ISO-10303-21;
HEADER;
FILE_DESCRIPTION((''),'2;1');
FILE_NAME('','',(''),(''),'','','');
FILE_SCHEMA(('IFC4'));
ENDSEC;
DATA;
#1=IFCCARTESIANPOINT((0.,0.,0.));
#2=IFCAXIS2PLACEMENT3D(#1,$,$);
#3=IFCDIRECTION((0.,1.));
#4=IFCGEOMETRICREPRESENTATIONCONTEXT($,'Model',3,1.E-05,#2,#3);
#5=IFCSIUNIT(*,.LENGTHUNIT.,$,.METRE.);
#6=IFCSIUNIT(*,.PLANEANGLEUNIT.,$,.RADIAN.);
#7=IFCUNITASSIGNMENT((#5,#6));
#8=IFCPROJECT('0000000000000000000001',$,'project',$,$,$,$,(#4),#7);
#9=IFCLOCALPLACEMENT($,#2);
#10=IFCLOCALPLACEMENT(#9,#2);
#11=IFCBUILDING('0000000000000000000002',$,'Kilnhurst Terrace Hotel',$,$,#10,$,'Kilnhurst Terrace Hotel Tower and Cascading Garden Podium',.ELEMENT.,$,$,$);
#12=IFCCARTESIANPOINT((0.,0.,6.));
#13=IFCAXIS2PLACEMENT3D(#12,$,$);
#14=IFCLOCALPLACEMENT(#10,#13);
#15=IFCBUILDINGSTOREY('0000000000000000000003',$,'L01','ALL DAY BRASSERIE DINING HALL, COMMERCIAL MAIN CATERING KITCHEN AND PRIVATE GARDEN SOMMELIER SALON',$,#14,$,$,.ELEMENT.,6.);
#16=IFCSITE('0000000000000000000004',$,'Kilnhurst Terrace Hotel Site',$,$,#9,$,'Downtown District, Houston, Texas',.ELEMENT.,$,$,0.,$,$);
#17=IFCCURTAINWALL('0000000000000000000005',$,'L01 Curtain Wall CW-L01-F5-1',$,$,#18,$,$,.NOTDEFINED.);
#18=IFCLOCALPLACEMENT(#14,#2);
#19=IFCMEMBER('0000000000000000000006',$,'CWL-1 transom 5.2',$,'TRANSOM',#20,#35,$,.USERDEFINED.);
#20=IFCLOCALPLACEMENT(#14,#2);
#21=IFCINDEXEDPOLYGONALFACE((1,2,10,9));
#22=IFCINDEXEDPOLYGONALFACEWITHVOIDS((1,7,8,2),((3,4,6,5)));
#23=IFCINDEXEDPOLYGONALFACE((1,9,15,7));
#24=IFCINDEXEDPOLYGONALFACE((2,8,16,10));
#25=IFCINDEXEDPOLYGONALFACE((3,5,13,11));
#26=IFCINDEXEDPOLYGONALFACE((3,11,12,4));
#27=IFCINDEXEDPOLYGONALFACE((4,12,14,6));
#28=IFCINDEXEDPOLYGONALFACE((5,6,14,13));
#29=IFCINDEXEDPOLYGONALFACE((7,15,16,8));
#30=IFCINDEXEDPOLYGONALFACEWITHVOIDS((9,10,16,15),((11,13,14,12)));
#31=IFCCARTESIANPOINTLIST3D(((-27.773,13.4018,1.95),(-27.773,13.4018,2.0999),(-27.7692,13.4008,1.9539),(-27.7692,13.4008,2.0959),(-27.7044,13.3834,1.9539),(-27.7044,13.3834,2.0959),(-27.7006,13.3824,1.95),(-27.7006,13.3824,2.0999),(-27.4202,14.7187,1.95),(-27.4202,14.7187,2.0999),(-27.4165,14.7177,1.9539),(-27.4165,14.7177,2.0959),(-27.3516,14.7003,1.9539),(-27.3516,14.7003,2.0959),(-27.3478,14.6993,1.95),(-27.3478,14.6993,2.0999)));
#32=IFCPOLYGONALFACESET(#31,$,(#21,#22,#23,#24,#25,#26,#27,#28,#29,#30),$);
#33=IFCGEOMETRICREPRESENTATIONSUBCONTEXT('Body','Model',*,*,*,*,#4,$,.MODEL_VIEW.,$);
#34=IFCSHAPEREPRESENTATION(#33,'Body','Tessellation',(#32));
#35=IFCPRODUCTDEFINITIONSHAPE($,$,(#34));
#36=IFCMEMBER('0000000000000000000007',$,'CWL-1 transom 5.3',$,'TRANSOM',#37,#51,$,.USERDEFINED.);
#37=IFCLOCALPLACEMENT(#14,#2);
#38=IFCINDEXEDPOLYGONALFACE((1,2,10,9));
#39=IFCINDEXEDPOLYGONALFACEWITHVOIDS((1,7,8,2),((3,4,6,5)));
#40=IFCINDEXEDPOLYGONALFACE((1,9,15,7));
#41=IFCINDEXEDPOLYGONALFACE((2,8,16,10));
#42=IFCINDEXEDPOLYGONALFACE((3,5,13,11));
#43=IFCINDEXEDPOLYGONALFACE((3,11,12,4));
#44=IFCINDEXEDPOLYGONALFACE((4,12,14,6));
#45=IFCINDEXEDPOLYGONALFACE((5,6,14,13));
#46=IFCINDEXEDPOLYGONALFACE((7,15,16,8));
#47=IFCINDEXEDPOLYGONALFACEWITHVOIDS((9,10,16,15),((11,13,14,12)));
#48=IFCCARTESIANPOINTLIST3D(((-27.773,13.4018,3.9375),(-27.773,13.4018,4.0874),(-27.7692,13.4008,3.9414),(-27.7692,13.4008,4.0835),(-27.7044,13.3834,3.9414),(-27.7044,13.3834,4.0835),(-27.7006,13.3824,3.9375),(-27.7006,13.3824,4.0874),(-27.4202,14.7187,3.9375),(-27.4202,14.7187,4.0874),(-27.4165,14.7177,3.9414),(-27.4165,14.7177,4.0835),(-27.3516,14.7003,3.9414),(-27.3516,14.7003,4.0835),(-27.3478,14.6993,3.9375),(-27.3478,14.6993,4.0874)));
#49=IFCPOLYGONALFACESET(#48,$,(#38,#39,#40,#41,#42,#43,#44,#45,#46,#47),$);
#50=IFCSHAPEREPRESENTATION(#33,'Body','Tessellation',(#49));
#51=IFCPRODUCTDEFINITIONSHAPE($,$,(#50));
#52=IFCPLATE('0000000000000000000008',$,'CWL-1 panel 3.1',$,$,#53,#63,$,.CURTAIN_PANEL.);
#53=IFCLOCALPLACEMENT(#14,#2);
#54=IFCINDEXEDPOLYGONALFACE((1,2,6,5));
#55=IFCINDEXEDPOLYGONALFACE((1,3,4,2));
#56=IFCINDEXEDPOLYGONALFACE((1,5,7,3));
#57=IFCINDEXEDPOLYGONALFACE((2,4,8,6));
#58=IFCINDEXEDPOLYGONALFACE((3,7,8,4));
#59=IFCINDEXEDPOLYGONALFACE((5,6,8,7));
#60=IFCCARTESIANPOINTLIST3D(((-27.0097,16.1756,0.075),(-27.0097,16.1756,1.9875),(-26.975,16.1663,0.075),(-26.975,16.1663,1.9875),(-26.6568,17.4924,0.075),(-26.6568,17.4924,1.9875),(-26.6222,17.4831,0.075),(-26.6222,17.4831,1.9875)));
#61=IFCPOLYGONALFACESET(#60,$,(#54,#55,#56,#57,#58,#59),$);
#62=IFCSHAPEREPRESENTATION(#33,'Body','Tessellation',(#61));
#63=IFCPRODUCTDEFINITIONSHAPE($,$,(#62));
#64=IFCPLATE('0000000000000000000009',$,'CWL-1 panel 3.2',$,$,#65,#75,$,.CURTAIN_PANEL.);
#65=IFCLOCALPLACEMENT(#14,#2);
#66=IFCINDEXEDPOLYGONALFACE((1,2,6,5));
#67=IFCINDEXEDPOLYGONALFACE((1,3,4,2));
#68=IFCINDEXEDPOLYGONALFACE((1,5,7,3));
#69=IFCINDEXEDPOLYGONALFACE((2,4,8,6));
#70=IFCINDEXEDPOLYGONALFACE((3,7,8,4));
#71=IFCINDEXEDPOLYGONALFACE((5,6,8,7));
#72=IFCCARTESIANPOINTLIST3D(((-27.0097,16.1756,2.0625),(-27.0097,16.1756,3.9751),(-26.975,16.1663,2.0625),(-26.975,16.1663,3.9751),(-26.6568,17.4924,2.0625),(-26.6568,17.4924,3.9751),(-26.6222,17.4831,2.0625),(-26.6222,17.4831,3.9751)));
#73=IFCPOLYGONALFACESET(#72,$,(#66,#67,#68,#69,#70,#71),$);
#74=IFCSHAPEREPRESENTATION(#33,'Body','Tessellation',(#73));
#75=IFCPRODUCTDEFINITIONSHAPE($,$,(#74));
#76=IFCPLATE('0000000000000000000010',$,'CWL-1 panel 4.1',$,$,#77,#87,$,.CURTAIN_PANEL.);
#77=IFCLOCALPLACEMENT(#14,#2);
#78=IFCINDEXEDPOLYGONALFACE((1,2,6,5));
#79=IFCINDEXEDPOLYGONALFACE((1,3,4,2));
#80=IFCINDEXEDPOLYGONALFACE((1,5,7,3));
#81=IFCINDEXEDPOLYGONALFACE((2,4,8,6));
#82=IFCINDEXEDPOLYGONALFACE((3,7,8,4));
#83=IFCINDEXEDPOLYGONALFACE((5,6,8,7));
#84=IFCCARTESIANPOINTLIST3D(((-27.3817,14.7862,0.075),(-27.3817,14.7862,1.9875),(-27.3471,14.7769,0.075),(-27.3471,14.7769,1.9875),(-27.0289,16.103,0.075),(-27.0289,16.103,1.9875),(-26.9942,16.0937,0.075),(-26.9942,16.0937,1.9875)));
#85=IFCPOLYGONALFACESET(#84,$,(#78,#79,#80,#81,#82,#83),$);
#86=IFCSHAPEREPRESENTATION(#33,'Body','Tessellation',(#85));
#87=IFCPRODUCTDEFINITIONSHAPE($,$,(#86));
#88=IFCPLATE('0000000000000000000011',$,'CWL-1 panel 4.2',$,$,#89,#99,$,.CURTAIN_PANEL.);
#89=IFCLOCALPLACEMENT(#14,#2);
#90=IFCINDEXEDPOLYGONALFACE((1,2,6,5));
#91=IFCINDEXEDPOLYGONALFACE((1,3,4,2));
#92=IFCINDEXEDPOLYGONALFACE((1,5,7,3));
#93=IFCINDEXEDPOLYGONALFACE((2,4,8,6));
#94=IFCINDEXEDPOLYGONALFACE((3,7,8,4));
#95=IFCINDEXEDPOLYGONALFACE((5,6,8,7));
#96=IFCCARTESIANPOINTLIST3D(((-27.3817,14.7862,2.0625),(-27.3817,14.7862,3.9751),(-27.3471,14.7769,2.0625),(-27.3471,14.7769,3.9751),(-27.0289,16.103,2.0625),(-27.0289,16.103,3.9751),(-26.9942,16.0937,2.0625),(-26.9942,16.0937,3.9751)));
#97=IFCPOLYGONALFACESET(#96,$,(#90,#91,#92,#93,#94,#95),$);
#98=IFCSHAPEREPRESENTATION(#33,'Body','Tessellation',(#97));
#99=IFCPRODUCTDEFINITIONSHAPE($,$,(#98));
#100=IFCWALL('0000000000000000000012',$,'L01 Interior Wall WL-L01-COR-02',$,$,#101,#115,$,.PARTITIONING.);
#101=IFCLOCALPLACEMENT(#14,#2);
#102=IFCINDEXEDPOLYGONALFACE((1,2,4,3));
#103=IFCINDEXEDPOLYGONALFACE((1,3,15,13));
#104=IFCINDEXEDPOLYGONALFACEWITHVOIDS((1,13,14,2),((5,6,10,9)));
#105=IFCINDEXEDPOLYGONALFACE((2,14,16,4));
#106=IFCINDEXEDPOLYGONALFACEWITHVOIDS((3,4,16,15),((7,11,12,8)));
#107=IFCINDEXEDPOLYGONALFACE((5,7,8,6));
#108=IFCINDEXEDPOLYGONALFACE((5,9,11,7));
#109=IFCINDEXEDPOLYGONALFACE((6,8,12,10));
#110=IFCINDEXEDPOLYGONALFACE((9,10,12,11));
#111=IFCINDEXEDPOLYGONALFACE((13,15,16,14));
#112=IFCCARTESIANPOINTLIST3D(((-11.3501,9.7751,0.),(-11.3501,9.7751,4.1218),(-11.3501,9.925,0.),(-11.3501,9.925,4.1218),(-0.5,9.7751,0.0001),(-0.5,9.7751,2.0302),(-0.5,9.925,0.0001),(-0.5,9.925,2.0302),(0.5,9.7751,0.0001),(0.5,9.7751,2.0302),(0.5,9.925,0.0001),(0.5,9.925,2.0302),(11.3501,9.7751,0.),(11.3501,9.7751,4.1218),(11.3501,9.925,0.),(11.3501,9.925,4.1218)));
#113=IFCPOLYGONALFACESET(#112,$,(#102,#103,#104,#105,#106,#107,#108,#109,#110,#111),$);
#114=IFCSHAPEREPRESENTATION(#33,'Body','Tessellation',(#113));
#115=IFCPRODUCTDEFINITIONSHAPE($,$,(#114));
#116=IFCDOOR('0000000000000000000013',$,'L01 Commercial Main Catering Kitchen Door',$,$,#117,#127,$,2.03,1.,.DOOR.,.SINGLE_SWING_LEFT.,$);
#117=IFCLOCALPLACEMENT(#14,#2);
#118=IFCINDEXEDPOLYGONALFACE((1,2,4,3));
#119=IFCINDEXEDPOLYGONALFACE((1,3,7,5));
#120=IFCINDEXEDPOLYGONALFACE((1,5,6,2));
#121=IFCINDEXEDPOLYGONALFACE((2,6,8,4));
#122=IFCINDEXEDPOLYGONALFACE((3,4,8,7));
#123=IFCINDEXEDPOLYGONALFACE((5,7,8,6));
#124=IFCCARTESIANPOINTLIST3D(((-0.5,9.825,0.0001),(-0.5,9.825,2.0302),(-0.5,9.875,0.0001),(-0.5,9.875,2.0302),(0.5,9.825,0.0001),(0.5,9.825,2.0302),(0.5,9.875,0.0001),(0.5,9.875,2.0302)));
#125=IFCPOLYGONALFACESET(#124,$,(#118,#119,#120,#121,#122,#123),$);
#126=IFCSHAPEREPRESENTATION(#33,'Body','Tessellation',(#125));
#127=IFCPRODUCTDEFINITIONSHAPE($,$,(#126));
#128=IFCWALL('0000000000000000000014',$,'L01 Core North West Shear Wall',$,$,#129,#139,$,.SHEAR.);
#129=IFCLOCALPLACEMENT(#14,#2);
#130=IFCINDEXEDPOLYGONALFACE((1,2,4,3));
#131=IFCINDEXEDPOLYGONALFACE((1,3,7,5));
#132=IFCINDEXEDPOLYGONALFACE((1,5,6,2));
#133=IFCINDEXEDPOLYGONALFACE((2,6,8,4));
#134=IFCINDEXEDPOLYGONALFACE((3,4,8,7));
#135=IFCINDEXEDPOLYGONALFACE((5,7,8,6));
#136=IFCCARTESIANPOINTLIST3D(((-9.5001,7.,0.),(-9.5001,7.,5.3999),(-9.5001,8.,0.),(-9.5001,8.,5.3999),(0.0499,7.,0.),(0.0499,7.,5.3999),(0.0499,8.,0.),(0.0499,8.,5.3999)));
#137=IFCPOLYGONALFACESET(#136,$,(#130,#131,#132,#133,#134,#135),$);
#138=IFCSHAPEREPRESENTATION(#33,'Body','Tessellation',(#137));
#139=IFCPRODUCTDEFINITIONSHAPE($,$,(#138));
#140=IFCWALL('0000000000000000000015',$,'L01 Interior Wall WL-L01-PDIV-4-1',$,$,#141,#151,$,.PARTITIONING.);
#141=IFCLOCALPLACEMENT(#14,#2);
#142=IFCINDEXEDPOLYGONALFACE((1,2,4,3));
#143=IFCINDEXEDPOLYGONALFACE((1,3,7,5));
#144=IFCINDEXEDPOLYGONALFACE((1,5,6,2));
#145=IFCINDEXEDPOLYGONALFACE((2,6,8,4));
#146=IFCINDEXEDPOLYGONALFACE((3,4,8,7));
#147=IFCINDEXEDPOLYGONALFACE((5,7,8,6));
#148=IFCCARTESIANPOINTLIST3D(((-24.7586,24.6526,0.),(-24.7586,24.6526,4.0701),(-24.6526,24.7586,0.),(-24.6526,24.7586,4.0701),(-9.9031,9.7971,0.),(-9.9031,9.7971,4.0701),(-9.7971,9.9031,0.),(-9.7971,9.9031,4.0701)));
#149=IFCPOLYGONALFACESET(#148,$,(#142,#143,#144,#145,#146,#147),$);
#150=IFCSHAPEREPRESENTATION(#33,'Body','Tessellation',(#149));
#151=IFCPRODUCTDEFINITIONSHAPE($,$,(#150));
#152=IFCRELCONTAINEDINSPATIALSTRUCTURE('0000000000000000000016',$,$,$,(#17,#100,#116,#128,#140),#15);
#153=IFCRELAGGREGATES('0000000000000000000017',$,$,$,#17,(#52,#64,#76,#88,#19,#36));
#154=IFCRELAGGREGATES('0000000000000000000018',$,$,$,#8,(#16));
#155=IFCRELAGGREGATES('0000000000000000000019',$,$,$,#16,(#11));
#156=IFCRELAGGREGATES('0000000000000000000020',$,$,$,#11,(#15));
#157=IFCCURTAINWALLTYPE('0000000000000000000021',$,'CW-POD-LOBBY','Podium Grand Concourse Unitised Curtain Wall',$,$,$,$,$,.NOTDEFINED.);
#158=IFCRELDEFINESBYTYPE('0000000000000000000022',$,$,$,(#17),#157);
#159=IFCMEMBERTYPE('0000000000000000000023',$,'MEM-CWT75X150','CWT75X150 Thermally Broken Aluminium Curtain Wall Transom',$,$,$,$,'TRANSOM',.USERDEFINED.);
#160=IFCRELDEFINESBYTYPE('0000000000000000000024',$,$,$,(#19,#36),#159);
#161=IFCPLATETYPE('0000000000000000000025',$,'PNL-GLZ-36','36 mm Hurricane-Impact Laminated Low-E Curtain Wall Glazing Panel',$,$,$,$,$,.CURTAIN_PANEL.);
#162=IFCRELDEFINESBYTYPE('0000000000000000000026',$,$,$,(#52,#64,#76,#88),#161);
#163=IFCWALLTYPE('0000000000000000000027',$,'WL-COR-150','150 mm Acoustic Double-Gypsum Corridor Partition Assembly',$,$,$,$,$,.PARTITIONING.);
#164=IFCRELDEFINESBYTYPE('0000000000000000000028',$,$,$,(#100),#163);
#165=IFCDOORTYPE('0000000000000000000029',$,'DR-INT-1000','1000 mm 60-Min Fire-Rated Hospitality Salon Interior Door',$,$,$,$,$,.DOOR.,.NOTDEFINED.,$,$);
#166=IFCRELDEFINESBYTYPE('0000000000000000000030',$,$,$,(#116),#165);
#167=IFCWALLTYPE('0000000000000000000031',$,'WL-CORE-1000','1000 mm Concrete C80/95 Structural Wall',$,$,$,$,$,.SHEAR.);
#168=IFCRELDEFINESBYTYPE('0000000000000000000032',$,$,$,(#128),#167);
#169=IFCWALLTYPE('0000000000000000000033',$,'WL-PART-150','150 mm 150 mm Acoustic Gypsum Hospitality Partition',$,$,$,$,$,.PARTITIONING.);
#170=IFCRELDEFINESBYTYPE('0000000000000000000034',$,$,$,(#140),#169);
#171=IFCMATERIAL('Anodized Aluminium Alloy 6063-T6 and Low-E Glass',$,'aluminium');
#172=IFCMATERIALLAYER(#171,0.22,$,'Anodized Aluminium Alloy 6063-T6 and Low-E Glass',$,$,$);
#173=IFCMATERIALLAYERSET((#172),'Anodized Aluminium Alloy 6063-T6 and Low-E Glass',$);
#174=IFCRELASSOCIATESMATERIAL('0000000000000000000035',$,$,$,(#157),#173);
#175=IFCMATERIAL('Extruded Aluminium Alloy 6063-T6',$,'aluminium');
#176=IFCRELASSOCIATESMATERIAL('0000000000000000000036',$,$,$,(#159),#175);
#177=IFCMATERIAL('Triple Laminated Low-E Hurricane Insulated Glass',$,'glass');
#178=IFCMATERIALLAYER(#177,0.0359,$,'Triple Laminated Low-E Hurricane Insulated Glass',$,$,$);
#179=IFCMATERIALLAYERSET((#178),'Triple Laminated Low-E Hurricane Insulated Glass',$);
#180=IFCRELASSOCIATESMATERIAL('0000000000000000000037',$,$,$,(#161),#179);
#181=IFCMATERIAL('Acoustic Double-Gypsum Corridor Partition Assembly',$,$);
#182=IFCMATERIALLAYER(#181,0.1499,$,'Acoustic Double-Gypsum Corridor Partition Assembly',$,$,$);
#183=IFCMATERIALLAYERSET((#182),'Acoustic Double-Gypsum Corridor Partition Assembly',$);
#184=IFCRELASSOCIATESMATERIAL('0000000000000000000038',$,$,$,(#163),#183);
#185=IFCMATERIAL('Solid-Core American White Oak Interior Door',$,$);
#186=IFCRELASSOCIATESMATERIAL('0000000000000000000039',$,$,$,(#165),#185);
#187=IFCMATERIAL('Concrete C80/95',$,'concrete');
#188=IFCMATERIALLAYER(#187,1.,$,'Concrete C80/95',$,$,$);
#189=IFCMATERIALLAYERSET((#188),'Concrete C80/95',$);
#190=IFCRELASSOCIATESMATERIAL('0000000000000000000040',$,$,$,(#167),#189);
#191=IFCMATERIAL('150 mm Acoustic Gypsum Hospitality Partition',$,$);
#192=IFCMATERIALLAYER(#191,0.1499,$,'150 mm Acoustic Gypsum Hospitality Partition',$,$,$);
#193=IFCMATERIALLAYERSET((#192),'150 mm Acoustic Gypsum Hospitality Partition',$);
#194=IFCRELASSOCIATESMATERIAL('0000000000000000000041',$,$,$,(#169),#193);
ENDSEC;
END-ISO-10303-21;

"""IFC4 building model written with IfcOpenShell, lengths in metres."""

from ifc_helpers import new_model, si_unit, direction, frame, frame_2d, origin, origin_2d, place, context, subcontext, project, spatial, rectangle, hollow_rectangle, extrude, material, layer, layer_set, material_profile, profile_set, type_object, element, fill, aggregate, save


model = new_model("IFC4")

# Units and contexts
model_context = context("Model", 3, precision=1e-05, world=origin(), true_north=direction((0.0, 1.0)))
body_context = subcontext(model_context, "Body", "Model", "MODEL_VIEW")
ifc_project = project(units=[si_unit("LENGTHUNIT", "METRE"), si_unit("PLANEANGLEUNIT", "RADIAN")], contexts=[model_context])

# Site, building, storey
site_placement = place(None, origin())
site = spatial("IfcSite", under=ifc_project, at=site_placement, Name="Kilnhurst Terrace Hotel Site", LongName="Downtown District, Houston, Texas", CompositionType="ELEMENT", RefElevation=0.0)
building_placement = place(site_placement, origin())
building = spatial("IfcBuilding", under=site, at=building_placement, Name="Kilnhurst Terrace Hotel", LongName="Kilnhurst Terrace Hotel Tower and Cascading Garden Podium", CompositionType="ELEMENT")
storey_placement = place(building_placement, frame((0.0, 0.0, 6.0)))
storey = spatial("IfcBuildingStorey", under=building, at=storey_placement, Name="L01", Description="ALL DAY BRASSERIE DINING HALL, COMMERCIAL MAIN CATERING KITCHEN AND PRIVATE GARDEN SOMMELIER SALON", CompositionType="ELEMENT", Elevation=6.0)

# Shared definitions
ifc_material_1 = material(Name="Concrete C80/95", Category="concrete")

# Curtain wall, members, plates
ifc_material_2 = material(Name="Anodized Aluminium Alloy 6063-T6 and Low-E Glass", Category="aluminium")
ifc_layer_1 = layer(ifc_material_2, 0.22, Name="Anodized Aluminium Alloy 6063-T6 and Low-E Glass")
ifc_layer_set_1 = layer_set([ifc_layer_1], Name="Anodized Aluminium Alloy 6063-T6 and Low-E Glass")
curtain_wall_type = type_object("IfcCurtainWallType", Name="CW-POD-LOBBY", Description="Podium Grand Concourse Unitised Curtain Wall", PredefinedType="NOTDEFINED", material=ifc_layer_set_1)
curtain_wall_placement = place(storey_placement, origin())
curtain_wall = element("IfcCurtainWall", 1, at=curtain_wall_placement, inside=storey, type_object=curtain_wall_type, Name="L01 Curtain Wall CW-L01-F5-1", PredefinedType="NOTDEFINED")
ifc_material_3 = material(Name="Extruded Aluminium Alloy 6063-T6", Category="aluminium")
ifc_material_profile_1 = material_profile(ifc_material_3, hollow_rectangle(XDim=0.075, YDim=0.1499, WallThickness=0.0039, at=origin_2d()), Name="CWT75X150")
ifc_profile_set_1 = profile_set([ifc_material_profile_1], Name="Extruded Aluminium Alloy 6063-T6")
member_type_1 = type_object("IfcMemberType", Name="MEM-CWT75X150", Description="CWT75X150 Thermally Broken Aluminium Curtain Wall Transom", ElementType="TRANSOM", PredefinedType="USERDEFINED", material=ifc_profile_set_1)
member_1_placement = place(storey_placement, frame((-27.384, 14.709, 2.0249), z_axis=(-0.258766, -0.96594, 0.0), x_axis=(0.96594, -0.258766, 0.0)))
member_1 = element("IfcMember", 2, at=member_1_placement, type_object=member_type_1, Name="CWL-1 transom 5.2", ObjectType="TRANSOM", PredefinedType="USERDEFINED", context=body_context, shape_type="SweptSolid", body=[
    extrude(hollow_rectangle(XDim=0.075, YDim=0.1499, WallThickness=0.0039, at=origin_2d()), origin(), (0.0, 0.0, 1.0), 1.3633),
])
member_2_placement = place(storey_placement, frame((-27.384, 14.709, 4.0125), z_axis=(-0.258766, -0.96594, 0.0), x_axis=(0.96594, -0.258766, 0.0)))
member_2 = element("IfcMember", 3, at=member_2_placement, type_object=member_type_1, Name="CWL-1 transom 5.3", ObjectType="TRANSOM", PredefinedType="USERDEFINED", context=body_context, shape_type="SweptSolid", body=[
    extrude(hollow_rectangle(XDim=0.075, YDim=0.1499, WallThickness=0.0039, at=origin_2d()), origin(), (0.0, 0.0, 1.0), 1.3633),
])
ifc_material_4 = material(Name="Triple Laminated Low-E Hurricane Insulated Glass", Category="glass")
ifc_layer_2 = layer(ifc_material_4, 0.0359, Name="Triple Laminated Low-E Hurricane Insulated Glass")
ifc_layer_set_2 = layer_set([ifc_layer_2], Name="Triple Laminated Low-E Hurricane Insulated Glass")
plate_type = type_object("IfcPlateType", Name="PNL-GLZ-36", Description="36 mm Hurricane-Impact Laminated Low-E Curtain Wall Glazing Panel", PredefinedType="CURTAIN_PANEL", material=ifc_layer_set_2)
plate_1_placement = place(storey_placement, frame((-26.8159, 16.8293, 0.075), z_axis=(0.0, 0.0, 1.0), x_axis=(-0.258802, -0.96593, 0.0)))
plate_1 = element("IfcPlate", 4, at=plate_1_placement, type_object=plate_type, Name="CWL-1 panel 3.1", PredefinedType="CURTAIN_PANEL", context=body_context, shape_type="SweptSolid", body=[
    extrude(rectangle(XDim=1.3633, YDim=0.0359, at=origin_2d()), origin(), (0.0, 0.0, 1.0), 1.9126),
])
plate_2_placement = place(storey_placement, frame((-26.8159, 16.8293, 2.0625), z_axis=(0.0, 0.0, 1.0), x_axis=(-0.258802, -0.96593, 0.0)))
plate_2 = element("IfcPlate", 5, at=plate_2_placement, type_object=plate_type, Name="CWL-1 panel 3.2", PredefinedType="CURTAIN_PANEL", context=body_context, shape_type="SweptSolid", body=[
    extrude(rectangle(XDim=1.3633, YDim=0.0359, at=origin_2d()), origin(), (0.0, 0.0, 1.0), 1.9126),
])
plate_3_placement = place(storey_placement, frame((-27.188, 15.4399, 0.075), z_axis=(0.0, 0.0, 1.0), x_axis=(-0.258802, -0.96593, 0.0)))
plate_3 = element("IfcPlate", 6, at=plate_3_placement, type_object=plate_type, Name="CWL-1 panel 4.1", PredefinedType="CURTAIN_PANEL", context=body_context, shape_type="SweptSolid", body=[
    extrude(rectangle(XDim=1.3633, YDim=0.0359, at=origin_2d()), origin(), (0.0, 0.0, 1.0), 1.9126),
])
plate_4_placement = place(storey_placement, frame((-27.188, 15.4399, 2.0625), z_axis=(0.0, 0.0, 1.0), x_axis=(-0.258802, -0.96593, 0.0)))
plate_4 = element("IfcPlate", 7, at=plate_4_placement, type_object=plate_type, Name="CWL-1 panel 4.2", PredefinedType="CURTAIN_PANEL", context=body_context, shape_type="SweptSolid", body=[
    extrude(rectangle(XDim=1.3633, YDim=0.0359, at=origin_2d()), origin(), (0.0, 0.0, 1.0), 1.9126),
])
aggregate(curtain_wall, [plate_1, plate_2, plate_3, plate_4, member_1, member_2])

# Wall, opening, door
ifc_material_5 = material(Name="Acoustic Double-Gypsum Corridor Partition Assembly")
ifc_layer_3 = layer(ifc_material_5, 0.1499, Name="Acoustic Double-Gypsum Corridor Partition Assembly")
ifc_layer_set_3 = layer_set([ifc_layer_3], Name="Acoustic Double-Gypsum Corridor Partition Assembly")
wall_type_1 = type_object("IfcWallType", Name="WL-COR-150", Description="150 mm Acoustic Double-Gypsum Corridor Partition Assembly", PredefinedType="PARTITIONING", material=ifc_layer_set_3)
wall_1_placement = place(storey_placement, frame((-11.3501, 9.8501, 0.0), z_axis=(0.0, 0.0, 1.0), x_axis=(1.0, 0.0, 0.0)))
wall_1 = element("IfcWall", 8, at=wall_1_placement, inside=storey, type_object=wall_type_1, Name="L01 Interior Wall WL-L01-COR-02", PredefinedType="PARTITIONING", context=body_context, shape_type="SweptSolid", body=[
    extrude(rectangle(XDim=22.7002, YDim=0.1499, at=frame_2d((11.3501, 0.0))), origin(), (0.0, 0.0, 1.0), 4.1218),
])
opening_placement = place(wall_1_placement, frame((10.8501, 0.0, 0.0)))
opening = element("IfcOpeningElement", 9, at=opening_placement, cuts=wall_1, PredefinedType="OPENING", context=body_context, shape_type="SweptSolid", body=[
    extrude(rectangle(XDim=1.0, YDim=2.03, at=frame_2d((0.5, 1.0151))), frame((0.0, 0.085, 0.0), z_axis=(0.0, -1.0, 0.0), x_axis=(1.0, 0.0, 0.0)), (0.0, 0.0, 1.0), 0.1699),
])
ifc_material_6 = material(Name="Solid-Core American White Oak Interior Door")
door_type = type_object("IfcDoorType", Name="DR-INT-1000", Description="1000 mm 60-Min Fire-Rated Hospitality Salon Interior Door", OperationType="NOTDEFINED", PredefinedType="DOOR", material=ifc_material_6)
door_placement = place(opening_placement, origin())
door = element("IfcDoor", 10, at=door_placement, inside=storey, type_object=door_type, Name="L01 Commercial Main Catering Kitchen Door", OperationType="SINGLE_SWING_LEFT", OverallHeight=2.03, OverallWidth=1.0, PredefinedType="DOOR", context=body_context, shape_type="SweptSolid", body=[
    extrude(rectangle(XDim=1.0, YDim=2.03, at=frame_2d((0.5, 1.0151))), frame((0.0, 0.0249, 0.0), z_axis=(0.0, -1.0, 0.0), x_axis=(1.0, 0.0, 0.0)), (0.0, 0.0, 1.0), 0.05),
])
fill(opening, door)

# Walls
ifc_layer_4 = layer(ifc_material_1, 1.0, Name="Concrete C80/95")
ifc_layer_set_4 = layer_set([ifc_layer_4], Name="Concrete C80/95")
wall_type_2 = type_object("IfcWallType", Name="WL-CORE-1000", Description="1000 mm Concrete C80/95 Structural Wall", PredefinedType="SHEAR", material=ifc_layer_set_4)
wall_2_placement = place(storey_placement, frame((-9.5, 7.5, 0.0), z_axis=(0.0, 0.0, 1.0), x_axis=(1.0, 0.0, 0.0)))
element("IfcWall", 11, at=wall_2_placement, inside=storey, type_object=wall_type_2, Name="L01 Core North West Shear Wall", PredefinedType="SHEAR", context=body_context, shape_type="SweptSolid", body=[
    extrude(rectangle(XDim=9.55, YDim=1.0, at=frame_2d((4.7749, 0.0))), origin(), (0.0, 0.0, 1.0), 5.3999),
])
ifc_material_7 = material(Name="150 mm Acoustic Gypsum Hospitality Partition")
ifc_layer_5 = layer(ifc_material_7, 0.1499, Name="150 mm Acoustic Gypsum Hospitality Partition")
ifc_layer_set_5 = layer_set([ifc_layer_5], Name="150 mm Acoustic Gypsum Hospitality Partition")
wall_type_3 = type_object("IfcWallType", Name="WL-PART-150", Description="150 mm 150 mm Acoustic Gypsum Hospitality Partition", PredefinedType="PARTITIONING", material=ifc_layer_set_5)
wall_3_placement = place(storey_placement, frame((-9.8501, 9.8501, 0.0), z_axis=(0.0, 0.0, 1.0), x_axis=(-0.707107, 0.707107, 0.0)))
element("IfcWall", 12, at=wall_3_placement, inside=storey, type_object=wall_type_3, Name="L01 Interior Wall WL-L01-PDIV-4-1", PredefinedType="PARTITIONING", context=body_context, shape_type="SweptSolid", body=[
    extrude(rectangle(XDim=21.0088, YDim=0.1499, at=frame_2d((10.5044, 0.0))), origin(), (0.0, 0.0, 1.0), 4.0701),
])

save(model, "model.ifc")
